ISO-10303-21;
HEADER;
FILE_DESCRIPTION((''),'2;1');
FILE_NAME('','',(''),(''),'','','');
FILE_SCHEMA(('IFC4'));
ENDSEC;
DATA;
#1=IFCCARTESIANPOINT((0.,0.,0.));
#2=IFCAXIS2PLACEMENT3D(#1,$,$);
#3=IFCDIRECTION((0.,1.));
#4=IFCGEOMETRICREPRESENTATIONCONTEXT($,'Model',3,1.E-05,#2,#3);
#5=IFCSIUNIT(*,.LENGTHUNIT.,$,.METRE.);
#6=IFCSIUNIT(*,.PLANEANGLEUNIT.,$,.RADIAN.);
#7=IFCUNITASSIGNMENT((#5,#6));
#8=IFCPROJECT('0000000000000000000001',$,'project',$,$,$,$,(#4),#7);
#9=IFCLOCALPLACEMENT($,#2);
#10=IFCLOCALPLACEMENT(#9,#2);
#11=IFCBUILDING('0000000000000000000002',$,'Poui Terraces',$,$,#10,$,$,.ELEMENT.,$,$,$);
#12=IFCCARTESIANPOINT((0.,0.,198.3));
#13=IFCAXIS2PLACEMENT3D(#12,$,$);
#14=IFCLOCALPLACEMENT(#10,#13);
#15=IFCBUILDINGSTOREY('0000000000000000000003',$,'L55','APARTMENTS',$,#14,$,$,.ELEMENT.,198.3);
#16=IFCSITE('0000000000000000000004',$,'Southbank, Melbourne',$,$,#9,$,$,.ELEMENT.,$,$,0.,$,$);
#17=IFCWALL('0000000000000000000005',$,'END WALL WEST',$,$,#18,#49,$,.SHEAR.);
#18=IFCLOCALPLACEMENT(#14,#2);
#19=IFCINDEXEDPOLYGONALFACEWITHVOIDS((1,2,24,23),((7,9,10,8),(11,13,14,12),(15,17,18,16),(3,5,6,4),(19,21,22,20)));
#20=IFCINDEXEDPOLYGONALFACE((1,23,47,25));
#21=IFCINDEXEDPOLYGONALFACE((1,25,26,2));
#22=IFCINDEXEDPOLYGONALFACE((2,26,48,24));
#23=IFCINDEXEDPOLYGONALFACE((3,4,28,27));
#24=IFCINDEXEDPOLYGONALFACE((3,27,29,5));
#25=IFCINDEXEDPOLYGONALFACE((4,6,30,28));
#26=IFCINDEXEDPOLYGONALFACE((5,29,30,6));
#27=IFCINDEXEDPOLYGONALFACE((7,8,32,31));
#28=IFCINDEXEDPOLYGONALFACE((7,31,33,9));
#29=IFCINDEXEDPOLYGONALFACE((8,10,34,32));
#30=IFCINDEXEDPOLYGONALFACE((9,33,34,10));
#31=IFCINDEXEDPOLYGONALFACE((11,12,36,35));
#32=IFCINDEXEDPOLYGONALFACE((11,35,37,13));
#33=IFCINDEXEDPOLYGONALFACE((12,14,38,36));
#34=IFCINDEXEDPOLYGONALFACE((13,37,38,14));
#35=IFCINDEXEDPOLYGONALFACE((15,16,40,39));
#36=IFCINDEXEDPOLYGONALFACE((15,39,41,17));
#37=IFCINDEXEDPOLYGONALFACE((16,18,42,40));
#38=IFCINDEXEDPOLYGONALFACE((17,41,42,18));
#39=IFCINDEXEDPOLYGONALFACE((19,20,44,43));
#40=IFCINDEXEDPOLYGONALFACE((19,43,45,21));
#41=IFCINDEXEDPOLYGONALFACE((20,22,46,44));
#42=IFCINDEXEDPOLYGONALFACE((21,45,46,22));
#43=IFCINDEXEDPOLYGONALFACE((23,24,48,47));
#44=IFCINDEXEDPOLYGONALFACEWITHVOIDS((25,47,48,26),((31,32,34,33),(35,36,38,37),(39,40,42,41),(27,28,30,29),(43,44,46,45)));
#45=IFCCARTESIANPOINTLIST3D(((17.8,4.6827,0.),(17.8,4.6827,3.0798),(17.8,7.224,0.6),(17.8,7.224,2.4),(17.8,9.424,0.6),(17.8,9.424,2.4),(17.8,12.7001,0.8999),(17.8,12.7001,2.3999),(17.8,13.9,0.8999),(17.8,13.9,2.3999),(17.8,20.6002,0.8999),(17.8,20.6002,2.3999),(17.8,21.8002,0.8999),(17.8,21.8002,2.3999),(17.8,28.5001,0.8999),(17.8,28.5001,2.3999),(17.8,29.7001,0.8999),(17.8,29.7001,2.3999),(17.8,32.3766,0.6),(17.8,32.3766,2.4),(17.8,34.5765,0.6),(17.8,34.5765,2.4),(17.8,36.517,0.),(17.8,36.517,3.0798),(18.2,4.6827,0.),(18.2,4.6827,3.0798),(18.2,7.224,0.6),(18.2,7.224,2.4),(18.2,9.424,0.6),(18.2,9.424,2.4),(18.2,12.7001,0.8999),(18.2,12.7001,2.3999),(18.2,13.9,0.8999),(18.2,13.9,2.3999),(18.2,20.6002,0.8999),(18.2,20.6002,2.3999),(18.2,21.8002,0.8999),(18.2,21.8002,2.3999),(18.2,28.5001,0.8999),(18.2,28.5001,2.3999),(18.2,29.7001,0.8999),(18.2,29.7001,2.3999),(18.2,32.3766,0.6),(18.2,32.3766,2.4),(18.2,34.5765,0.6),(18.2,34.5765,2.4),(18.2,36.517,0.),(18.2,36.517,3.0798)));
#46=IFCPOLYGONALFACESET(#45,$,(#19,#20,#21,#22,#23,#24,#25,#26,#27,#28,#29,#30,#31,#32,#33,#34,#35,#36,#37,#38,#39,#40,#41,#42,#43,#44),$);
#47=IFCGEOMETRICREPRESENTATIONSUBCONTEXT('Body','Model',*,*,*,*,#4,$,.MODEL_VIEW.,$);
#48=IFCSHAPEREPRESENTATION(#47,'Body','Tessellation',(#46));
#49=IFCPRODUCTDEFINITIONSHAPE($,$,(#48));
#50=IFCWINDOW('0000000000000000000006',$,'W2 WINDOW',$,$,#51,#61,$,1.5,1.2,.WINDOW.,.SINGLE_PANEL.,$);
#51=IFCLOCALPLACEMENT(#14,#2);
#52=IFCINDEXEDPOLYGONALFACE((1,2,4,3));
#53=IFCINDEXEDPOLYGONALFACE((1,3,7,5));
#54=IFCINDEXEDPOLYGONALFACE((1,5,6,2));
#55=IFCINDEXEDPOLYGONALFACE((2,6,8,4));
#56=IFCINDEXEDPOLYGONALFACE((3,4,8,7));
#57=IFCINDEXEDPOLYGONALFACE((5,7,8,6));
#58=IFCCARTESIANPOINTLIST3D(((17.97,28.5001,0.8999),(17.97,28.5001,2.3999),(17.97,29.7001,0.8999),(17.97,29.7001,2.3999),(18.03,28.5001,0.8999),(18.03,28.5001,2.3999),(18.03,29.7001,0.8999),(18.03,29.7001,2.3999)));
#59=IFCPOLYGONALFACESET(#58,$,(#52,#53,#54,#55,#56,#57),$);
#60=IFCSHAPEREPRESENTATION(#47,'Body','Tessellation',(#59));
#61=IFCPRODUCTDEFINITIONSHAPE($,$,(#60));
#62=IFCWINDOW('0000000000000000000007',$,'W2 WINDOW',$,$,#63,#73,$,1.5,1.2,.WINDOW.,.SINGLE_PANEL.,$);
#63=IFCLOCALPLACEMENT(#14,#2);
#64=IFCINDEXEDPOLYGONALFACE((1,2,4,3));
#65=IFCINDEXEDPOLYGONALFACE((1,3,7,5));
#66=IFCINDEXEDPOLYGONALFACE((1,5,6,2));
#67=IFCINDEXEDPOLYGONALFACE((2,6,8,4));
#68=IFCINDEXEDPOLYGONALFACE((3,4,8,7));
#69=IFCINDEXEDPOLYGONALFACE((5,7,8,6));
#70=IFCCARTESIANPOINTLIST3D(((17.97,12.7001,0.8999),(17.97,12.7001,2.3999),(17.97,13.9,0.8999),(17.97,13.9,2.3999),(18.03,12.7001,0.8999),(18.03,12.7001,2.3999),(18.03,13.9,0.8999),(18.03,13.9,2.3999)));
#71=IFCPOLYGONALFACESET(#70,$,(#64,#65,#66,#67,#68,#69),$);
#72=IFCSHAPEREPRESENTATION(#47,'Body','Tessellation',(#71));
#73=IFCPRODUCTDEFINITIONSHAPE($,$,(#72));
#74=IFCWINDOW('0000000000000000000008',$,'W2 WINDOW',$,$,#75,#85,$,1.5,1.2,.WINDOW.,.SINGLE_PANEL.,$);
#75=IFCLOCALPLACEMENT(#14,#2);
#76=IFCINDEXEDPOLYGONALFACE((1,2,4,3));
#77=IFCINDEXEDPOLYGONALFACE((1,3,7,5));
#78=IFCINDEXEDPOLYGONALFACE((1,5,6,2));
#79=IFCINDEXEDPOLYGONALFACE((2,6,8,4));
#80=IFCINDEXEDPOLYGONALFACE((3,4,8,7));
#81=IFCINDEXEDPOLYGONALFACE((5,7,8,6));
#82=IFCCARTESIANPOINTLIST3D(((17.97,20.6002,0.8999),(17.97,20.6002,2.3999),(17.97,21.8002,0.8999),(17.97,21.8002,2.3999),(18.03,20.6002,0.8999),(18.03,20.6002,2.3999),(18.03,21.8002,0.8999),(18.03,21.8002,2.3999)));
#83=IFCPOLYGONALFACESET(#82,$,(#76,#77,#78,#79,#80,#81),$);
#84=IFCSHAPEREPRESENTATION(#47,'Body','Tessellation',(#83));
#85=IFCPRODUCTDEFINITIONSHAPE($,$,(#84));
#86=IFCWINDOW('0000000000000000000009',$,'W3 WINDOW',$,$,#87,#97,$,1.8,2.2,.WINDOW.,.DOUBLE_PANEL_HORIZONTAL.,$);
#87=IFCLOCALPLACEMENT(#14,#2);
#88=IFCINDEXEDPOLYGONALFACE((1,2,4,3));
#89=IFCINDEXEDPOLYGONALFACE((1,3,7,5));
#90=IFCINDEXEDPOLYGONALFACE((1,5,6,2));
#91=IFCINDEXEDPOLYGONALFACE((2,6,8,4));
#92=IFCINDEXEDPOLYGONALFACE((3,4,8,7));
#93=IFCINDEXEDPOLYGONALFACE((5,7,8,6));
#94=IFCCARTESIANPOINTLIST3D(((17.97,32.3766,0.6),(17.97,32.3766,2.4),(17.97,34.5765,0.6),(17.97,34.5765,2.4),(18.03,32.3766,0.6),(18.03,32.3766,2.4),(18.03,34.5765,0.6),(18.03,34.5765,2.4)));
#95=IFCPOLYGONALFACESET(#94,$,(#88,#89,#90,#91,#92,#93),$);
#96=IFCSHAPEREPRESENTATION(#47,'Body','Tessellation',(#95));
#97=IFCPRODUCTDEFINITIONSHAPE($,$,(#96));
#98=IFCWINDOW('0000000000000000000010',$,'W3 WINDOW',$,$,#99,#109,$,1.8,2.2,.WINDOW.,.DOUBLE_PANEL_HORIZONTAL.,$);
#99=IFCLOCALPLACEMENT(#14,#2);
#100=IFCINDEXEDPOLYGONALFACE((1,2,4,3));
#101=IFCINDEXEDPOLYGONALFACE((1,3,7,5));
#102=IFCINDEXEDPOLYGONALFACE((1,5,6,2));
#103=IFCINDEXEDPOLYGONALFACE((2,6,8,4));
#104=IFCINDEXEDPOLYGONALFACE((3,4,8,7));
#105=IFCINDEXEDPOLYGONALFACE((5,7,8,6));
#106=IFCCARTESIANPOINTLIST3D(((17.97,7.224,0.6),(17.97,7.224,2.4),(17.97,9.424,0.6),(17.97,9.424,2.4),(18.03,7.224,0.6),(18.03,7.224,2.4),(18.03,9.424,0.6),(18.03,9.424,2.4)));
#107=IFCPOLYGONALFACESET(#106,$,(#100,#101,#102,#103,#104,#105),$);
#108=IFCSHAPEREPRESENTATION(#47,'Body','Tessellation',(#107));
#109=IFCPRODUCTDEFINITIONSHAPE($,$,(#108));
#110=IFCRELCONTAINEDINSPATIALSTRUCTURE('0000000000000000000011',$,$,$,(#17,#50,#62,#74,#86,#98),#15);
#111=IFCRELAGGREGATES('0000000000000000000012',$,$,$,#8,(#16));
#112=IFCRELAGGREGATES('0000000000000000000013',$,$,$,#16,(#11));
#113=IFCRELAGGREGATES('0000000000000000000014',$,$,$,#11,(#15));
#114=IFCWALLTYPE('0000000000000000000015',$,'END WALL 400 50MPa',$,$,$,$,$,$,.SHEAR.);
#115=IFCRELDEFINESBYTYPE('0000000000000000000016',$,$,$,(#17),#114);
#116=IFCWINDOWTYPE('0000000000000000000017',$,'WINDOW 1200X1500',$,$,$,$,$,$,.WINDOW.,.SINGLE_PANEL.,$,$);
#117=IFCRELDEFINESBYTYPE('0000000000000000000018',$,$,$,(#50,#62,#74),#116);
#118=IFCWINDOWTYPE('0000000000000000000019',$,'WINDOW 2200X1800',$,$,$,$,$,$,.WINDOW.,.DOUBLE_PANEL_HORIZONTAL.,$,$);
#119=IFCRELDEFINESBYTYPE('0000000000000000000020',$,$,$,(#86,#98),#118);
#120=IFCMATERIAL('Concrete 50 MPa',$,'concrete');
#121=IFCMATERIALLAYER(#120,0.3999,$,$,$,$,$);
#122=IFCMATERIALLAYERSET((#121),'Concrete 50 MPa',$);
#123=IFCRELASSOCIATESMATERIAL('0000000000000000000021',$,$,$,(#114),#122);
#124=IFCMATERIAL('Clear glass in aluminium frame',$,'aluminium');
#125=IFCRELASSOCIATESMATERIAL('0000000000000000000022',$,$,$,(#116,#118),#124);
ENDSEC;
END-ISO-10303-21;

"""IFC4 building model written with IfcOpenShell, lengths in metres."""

from ifc_helpers import new_model, si_unit, direction, frame, frame_2d, origin, place, context, subcontext, project, spatial, rectangle, extrude, material, layer, layer_set, type_object, element, fill, save


model = new_model("IFC4")

# Units and contexts
model_context = context("Model", 3, precision=1e-05, world=origin(), true_north=direction((0.0, 1.0)))
body_context = subcontext(model_context, "Body", "Model", "MODEL_VIEW")
ifc_project = project(units=[si_unit("LENGTHUNIT", "METRE"), si_unit("PLANEANGLEUNIT", "RADIAN")], contexts=[model_context])

# Site, building, storey
site_placement = place(None, origin())
site = spatial("IfcSite", under=ifc_project, at=site_placement, Name="Southbank, Melbourne", CompositionType="ELEMENT", RefElevation=0.0)
building_placement = place(site_placement, origin())
building = spatial("IfcBuilding", under=site, at=building_placement, Name="Poui Terraces", CompositionType="ELEMENT")
storey_placement = place(building_placement, frame((0.0, 0.0, 198.3)))
storey = spatial("IfcBuildingStorey", under=building, at=storey_placement, Name="L55", Description="APARTMENTS", CompositionType="ELEMENT", Elevation=198.3)

# Shared definitions
ifc_material_1 = material(Name="Concrete 50 MPa", Category="concrete")

# Wall, openings, windows
ifc_layer_1 = layer(ifc_material_1, 0.3999)
ifc_layer_set_1 = layer_set([ifc_layer_1], Name="Concrete 50 MPa")
wall_type_1 = type_object("IfcWallType", Name="END WALL 400 50MPa", PredefinedType="SHEAR", material=ifc_layer_set_1)
wall_1_placement = place(storey_placement, frame((18.0, 4.6829, 0.0), z_axis=(0.0, 0.0, 1.0), x_axis=(0.0, 1.0, 0.0)))
wall_1 = element("IfcWall", 1, at=wall_1_placement, inside=storey, type_object=wall_type_1, Name="END WALL WEST", PredefinedType="SHEAR", context=body_context, shape_type="SweptSolid", body=[
    extrude(rectangle(XDim=31.8342, YDim=0.3999, at=frame_2d((15.917, 0.0))), origin(), (0.0, 0.0, 1.0), 3.0798),
])
opening_1_placement = place(wall_1_placement, frame((23.8171, 0.0, 0.8999)))
opening_1 = element("IfcOpeningElement", 2, at=opening_1_placement, cuts=wall_1, PredefinedType="OPENING", context=body_context, shape_type="SweptSolid", body=[
    extrude(rectangle(XDim=1.2, YDim=1.5, at=frame_2d((0.6001, 0.75))), frame((0.0, 0.21, 0.0), z_axis=(0.0, -1.0, 0.0), x_axis=(1.0, 0.0, 0.0)), (0.0, 0.0, 1.0), 0.4199),
])
opening_2_placement = place(wall_1_placement, frame((8.0171, 0.0, 0.8999)))
opening_2 = element("IfcOpeningElement", 3, at=opening_2_placement, cuts=wall_1, PredefinedType="OPENING", context=body_context, shape_type="SweptSolid", body=[
    extrude(rectangle(XDim=1.2, YDim=1.5, at=frame_2d((0.6001, 0.75))), frame((0.0, 0.21, 0.0), z_axis=(0.0, -1.0, 0.0), x_axis=(1.0, 0.0, 0.0)), (0.0, 0.0, 1.0), 0.4199),
])
opening_3_placement = place(wall_1_placement, frame((27.6936, 0.0, 0.6001)))
opening_3 = element("IfcOpeningElement", 4, at=opening_3_placement, cuts=wall_1, PredefinedType="OPENING", context=body_context, shape_type="SweptSolid", body=[
    extrude(rectangle(XDim=2.2, YDim=1.8, at=frame_2d((1.1001, 0.8999))), frame((0.0, 0.21, 0.0), z_axis=(0.0, -1.0, 0.0), x_axis=(1.0, 0.0, 0.0)), (0.0, 0.0, 1.0), 0.4199),
])
opening_4_placement = place(wall_1_placement, frame((2.541, 0.0, 0.6001)))
opening_4 = element("IfcOpeningElement", 5, at=opening_4_placement, cuts=wall_1, PredefinedType="OPENING", context=body_context, shape_type="SweptSolid", body=[
    extrude(rectangle(XDim=2.2, YDim=1.8, at=frame_2d((1.1001, 0.8999))), frame((0.0, 0.21, 0.0), z_axis=(0.0, -1.0, 0.0), x_axis=(1.0, 0.0, 0.0)), (0.0, 0.0, 1.0), 0.4199),
])
opening_5_placement = place(wall_1_placement, frame((15.9172, 0.0, 0.8999)))
opening_5 = element("IfcOpeningElement", 6, at=opening_5_placement, cuts=wall_1, PredefinedType="OPENING", context=body_context, shape_type="SweptSolid", body=[
    extrude(rectangle(XDim=1.2, YDim=1.5, at=frame_2d((0.6001, 0.75))), frame((0.0, 0.21, 0.0), z_axis=(0.0, -1.0, 0.0), x_axis=(1.0, 0.0, 0.0)), (0.0, 0.0, 1.0), 0.4199),
])
ifc_material_2 = material(Name="Clear glass in aluminium frame", Category="aluminium")
window_type_1 = type_object("IfcWindowType", Name="WINDOW 1200X1500", PartitioningType="SINGLE_PANEL", PredefinedType="WINDOW", material=ifc_material_2)
window_1_placement = place(opening_1_placement, origin())
window_1 = element("IfcWindow", 7, at=window_1_placement, inside=storey, type_object=window_type_1, Name="W2 WINDOW", OverallHeight=1.5, OverallWidth=1.2, PartitioningType="SINGLE_PANEL", PredefinedType="WINDOW", context=body_context, shape_type="SweptSolid", body=[
    extrude(rectangle(XDim=1.2, YDim=1.5, at=frame_2d((0.6001, 0.75))), frame((0.0, 0.03, 0.0), z_axis=(0.0, -1.0, 0.0), x_axis=(1.0, 0.0, 0.0)), (0.0, 0.0, 1.0), 0.0601),
])
fill(opening_1, window_1)
window_2_placement = place(opening_2_placement, origin())
window_2 = element("IfcWindow", 8, at=window_2_placement, inside=storey, type_object=window_type_1, Name="W2 WINDOW", OverallHeight=1.5, OverallWidth=1.2, PartitioningType="SINGLE_PANEL", PredefinedType="WINDOW", context=body_context, shape_type="SweptSolid", body=[
    extrude(rectangle(XDim=1.2, YDim=1.5, at=frame_2d((0.6001, 0.75))), frame((0.0, 0.03, 0.0), z_axis=(0.0, -1.0, 0.0), x_axis=(1.0, 0.0, 0.0)), (0.0, 0.0, 1.0), 0.0601),
])
fill(opening_2, window_2)
window_3_placement = place(opening_5_placement, origin())
window_3 = element("IfcWindow", 9, at=window_3_placement, inside=storey, type_object=window_type_1, Name="W2 WINDOW", OverallHeight=1.5, OverallWidth=1.2, PartitioningType="SINGLE_PANEL", PredefinedType="WINDOW", context=body_context, shape_type="SweptSolid", body=[
    extrude(rectangle(XDim=1.2, YDim=1.5, at=frame_2d((0.6001, 0.75))), frame((0.0, 0.03, 0.0), z_axis=(0.0, -1.0, 0.0), x_axis=(1.0, 0.0, 0.0)), (0.0, 0.0, 1.0), 0.0601),
])
fill(opening_5, window_3)
window_type_2 = type_object("IfcWindowType", Name="WINDOW 2200X1800", PartitioningType="DOUBLE_PANEL_HORIZONTAL", PredefinedType="WINDOW", material=ifc_material_2)
window_4_placement = place(opening_3_placement, origin())
window_4 = element("IfcWindow", 10, at=window_4_placement, inside=storey, type_object=window_type_2, Name="W3 WINDOW", OverallHeight=1.8, OverallWidth=2.2, PartitioningType="DOUBLE_PANEL_HORIZONTAL", PredefinedType="WINDOW", context=body_context, shape_type="SweptSolid", body=[
    extrude(rectangle(XDim=2.2, YDim=1.8, at=frame_2d((1.1001, 0.8999))), frame((0.0, 0.03, 0.0), z_axis=(0.0, -1.0, 0.0), x_axis=(1.0, 0.0, 0.0)), (0.0, 0.0, 1.0), 0.0601),
])
fill(opening_3, window_4)
window_5_placement = place(opening_4_placement, origin())
window_5 = element("IfcWindow", 11, at=window_5_placement, inside=storey, type_object=window_type_2, Name="W3 WINDOW", OverallHeight=1.8, OverallWidth=2.2, PartitioningType="DOUBLE_PANEL_HORIZONTAL", PredefinedType="WINDOW", context=body_context, shape_type="SweptSolid", body=[
    extrude(rectangle(XDim=2.2, YDim=1.8, at=frame_2d((1.1001, 0.8999))), frame((0.0, 0.03, 0.0), z_axis=(0.0, -1.0, 0.0), x_axis=(1.0, 0.0, 0.0)), (0.0, 0.0, 1.0), 0.0601),
])
fill(opening_4, window_5)

save(model, "model.ifc")
